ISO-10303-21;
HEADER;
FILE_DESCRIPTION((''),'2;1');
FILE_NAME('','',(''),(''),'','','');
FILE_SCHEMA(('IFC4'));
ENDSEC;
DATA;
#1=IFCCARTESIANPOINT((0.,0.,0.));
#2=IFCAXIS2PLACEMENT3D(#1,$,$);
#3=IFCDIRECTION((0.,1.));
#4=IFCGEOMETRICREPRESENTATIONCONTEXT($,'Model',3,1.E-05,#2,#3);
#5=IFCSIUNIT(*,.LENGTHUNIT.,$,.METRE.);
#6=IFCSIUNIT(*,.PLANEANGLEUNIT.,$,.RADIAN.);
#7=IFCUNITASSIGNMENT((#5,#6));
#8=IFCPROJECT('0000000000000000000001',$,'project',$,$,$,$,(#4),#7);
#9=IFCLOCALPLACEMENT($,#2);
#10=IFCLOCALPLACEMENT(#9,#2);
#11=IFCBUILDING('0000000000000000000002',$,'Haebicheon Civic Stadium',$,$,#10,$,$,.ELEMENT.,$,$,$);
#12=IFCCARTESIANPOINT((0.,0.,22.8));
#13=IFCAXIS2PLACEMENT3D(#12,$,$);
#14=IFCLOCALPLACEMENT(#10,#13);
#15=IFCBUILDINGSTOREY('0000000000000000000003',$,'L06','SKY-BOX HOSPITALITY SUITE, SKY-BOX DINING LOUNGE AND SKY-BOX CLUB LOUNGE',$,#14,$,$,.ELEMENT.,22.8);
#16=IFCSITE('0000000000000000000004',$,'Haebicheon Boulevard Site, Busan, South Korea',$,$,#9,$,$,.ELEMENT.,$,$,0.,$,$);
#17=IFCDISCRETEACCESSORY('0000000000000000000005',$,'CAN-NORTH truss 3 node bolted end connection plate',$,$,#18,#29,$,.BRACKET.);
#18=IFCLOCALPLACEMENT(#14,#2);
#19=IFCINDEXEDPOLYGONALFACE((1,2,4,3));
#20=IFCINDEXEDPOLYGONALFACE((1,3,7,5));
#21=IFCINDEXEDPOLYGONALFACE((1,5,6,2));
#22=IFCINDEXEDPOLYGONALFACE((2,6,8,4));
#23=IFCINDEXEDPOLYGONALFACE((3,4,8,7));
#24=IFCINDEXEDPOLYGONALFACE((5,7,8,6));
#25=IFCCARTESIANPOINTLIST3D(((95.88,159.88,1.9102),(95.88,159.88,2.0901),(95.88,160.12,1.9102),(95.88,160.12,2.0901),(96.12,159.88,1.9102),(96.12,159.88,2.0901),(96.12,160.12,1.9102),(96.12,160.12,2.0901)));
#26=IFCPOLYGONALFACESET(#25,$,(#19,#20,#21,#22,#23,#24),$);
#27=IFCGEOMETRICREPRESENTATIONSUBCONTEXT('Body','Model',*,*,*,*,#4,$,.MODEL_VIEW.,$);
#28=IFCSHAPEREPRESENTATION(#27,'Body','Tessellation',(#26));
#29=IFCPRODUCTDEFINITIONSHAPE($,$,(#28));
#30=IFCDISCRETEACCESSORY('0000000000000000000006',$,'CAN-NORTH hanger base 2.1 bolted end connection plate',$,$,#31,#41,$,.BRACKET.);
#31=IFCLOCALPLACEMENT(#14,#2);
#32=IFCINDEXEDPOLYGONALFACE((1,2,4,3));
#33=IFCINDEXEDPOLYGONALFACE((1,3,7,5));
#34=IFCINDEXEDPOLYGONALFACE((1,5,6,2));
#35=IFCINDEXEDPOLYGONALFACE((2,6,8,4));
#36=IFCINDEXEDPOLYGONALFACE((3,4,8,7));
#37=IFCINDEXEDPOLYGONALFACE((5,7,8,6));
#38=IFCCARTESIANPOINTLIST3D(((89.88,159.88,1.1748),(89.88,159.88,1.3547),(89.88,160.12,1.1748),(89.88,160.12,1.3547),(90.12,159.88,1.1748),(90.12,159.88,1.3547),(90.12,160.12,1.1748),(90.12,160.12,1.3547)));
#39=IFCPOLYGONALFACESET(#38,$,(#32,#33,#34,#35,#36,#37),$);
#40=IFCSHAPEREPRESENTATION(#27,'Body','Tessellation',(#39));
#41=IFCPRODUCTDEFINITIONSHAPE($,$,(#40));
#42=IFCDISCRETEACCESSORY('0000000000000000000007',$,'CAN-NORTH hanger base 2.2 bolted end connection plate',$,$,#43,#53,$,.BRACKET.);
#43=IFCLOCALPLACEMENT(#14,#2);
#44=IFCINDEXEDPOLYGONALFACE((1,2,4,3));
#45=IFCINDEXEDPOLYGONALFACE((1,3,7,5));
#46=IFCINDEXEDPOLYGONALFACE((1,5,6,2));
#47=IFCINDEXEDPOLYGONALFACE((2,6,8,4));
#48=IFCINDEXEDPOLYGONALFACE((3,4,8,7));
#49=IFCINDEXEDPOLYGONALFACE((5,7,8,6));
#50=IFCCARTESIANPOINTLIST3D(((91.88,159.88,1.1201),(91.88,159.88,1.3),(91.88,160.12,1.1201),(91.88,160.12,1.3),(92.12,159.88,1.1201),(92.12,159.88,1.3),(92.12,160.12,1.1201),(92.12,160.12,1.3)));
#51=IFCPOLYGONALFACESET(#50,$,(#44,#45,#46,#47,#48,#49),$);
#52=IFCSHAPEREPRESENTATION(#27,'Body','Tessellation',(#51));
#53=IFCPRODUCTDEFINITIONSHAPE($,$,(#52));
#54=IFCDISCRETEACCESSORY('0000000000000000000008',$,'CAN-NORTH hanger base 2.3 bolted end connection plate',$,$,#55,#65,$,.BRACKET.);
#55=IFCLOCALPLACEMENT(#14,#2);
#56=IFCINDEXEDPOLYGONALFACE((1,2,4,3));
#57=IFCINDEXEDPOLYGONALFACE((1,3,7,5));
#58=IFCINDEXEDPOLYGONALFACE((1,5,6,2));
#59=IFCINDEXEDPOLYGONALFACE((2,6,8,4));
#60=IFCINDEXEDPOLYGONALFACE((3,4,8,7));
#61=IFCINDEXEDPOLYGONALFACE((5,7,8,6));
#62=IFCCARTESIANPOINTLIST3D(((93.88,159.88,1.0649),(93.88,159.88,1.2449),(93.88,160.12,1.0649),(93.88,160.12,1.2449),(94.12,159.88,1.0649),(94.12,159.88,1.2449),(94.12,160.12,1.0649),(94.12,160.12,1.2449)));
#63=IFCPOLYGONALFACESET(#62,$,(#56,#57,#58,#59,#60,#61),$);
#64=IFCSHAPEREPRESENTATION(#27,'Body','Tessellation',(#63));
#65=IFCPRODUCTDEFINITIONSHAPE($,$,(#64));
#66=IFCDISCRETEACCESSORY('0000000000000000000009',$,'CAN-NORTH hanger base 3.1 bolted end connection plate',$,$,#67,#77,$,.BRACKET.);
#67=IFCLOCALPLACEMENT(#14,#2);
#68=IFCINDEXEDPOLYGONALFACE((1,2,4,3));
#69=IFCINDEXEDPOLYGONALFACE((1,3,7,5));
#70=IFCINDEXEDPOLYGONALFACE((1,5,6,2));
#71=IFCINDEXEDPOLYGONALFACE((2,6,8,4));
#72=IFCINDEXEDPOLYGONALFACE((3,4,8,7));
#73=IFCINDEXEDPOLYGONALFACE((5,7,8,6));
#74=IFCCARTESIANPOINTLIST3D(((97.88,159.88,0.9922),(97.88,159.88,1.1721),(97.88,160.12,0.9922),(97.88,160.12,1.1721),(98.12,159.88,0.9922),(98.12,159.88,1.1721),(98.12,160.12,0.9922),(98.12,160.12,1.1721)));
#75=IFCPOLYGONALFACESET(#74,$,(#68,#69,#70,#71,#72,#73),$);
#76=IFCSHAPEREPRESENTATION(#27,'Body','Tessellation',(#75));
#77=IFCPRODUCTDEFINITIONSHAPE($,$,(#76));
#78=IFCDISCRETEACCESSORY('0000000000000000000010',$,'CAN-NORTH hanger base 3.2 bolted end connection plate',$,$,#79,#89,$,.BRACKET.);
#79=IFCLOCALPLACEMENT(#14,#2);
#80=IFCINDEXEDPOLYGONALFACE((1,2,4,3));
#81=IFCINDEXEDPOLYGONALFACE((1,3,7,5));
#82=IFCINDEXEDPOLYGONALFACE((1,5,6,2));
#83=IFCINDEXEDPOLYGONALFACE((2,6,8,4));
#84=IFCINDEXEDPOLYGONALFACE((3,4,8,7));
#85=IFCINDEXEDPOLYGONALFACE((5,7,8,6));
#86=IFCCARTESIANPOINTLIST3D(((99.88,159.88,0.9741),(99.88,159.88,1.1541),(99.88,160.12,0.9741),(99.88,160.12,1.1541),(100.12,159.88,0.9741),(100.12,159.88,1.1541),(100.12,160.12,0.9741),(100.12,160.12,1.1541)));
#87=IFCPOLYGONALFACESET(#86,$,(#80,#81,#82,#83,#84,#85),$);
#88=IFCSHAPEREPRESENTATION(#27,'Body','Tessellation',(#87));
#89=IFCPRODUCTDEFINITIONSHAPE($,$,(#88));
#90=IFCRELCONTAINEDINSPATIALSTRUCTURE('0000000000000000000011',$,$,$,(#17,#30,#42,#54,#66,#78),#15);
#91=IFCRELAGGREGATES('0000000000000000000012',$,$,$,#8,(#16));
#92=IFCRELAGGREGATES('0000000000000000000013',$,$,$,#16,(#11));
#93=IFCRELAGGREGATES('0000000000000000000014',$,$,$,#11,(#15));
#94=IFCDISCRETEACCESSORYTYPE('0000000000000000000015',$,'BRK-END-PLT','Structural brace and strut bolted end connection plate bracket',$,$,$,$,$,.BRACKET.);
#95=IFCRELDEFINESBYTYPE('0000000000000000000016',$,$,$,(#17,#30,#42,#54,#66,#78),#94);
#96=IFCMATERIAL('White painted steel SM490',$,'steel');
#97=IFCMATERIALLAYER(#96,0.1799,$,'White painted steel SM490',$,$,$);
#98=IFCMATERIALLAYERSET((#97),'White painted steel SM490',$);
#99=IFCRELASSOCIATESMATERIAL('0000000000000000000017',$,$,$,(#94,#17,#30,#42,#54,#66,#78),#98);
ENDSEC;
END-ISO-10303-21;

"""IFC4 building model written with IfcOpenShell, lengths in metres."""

from ifc_helpers import new_model, si_unit, direction, frame, origin, origin_2d, place, context, subcontext, project, spatial, rectangle, extrude, material, layer, layer_set, type_object, element, save


model = new_model("IFC4")

# Units and contexts
model_context = context("Model", 3, precision=1e-05, world=origin(), true_north=direction((0.0, 1.0)))
body_context = subcontext(model_context, "Body", "Model", "MODEL_VIEW")
ifc_project = project(units=[si_unit("LENGTHUNIT", "METRE"), si_unit("PLANEANGLEUNIT", "RADIAN")], contexts=[model_context])

# Site, building, storey
site_placement = place(None, origin())
site = spatial("IfcSite", under=ifc_project, at=site_placement, Name="Haebicheon Boulevard Site, Busan, South Korea", CompositionType="ELEMENT", RefElevation=0.0)
building_placement = place(site_placement, origin())
building = spatial("IfcBuilding", under=site, at=building_placement, Name="Haebicheon Civic Stadium", CompositionType="ELEMENT")
storey_placement = place(building_placement, frame((0.0, 0.0, 22.8)))
storey = spatial("IfcBuildingStorey", under=building, at=storey_placement, Name="L06", Description="SKY-BOX HOSPITALITY SUITE, SKY-BOX DINING LOUNGE AND SKY-BOX CLUB LOUNGE", CompositionType="ELEMENT", Elevation=22.8)

# Discrete accessories
ifc_material_1 = material(Name="White painted steel SM490", Category="steel")
ifc_layer_1 = layer(ifc_material_1, 0.1799, Name="White painted steel SM490")
ifc_layer_set_1 = layer_set([ifc_layer_1], Name="White painted steel SM490")
discrete_accessory_type = type_object("IfcDiscreteAccessoryType", Name="BRK-END-PLT", Description="Structural brace and strut bolted end connection plate bracket", PredefinedType="BRACKET", material=ifc_layer_set_1)
for number, where, z_axis, x_axis, name in (
    (1, (96.0, 160.0, 1.9102), (0.0, 0.0, 1.0), (1.0, 0.0, 0.0), "CAN-NORTH truss 3 node bolted end connection plate"),
    (2, (90.0, 160.0, 1.1748), (0.0, 0.0, 1.0), (1.0, 0.0, 0.0), "CAN-NORTH hanger base 2.1 bolted end connection plate"),
    (3, (92.0, 160.0, 1.1201), (0.0, 0.0, 1.0), (1.0, 0.0, 0.0), "CAN-NORTH hanger base 2.2 bolted end connection plate"),
    (4, (94.0, 160.0, 1.0649), (0.0, 0.0, 1.0), (1.0, 0.0, 0.0), "CAN-NORTH hanger base 2.3 bolted end connection plate"),
    (5, (98.0, 160.0, 0.9922), (0.0, 0.0, 1.0), (1.0, 0.0, 0.0), "CAN-NORTH hanger base 3.1 bolted end connection plate"),
    (6, (100.0, 160.0, 0.9741), (0.0, 0.0, 1.0), (1.0, 0.0, 0.0), "CAN-NORTH hanger base 3.2 bolted end connection plate"),
):
    element("IfcDiscreteAccessory", number, at=place(storey_placement, frame(where, z_axis=z_axis, x_axis=x_axis)), inside=storey, type_object=discrete_accessory_type, material=ifc_layer_set_1, Name=name, PredefinedType="BRACKET", context=body_context, shape_type="SweptSolid", body=[
        extrude(rectangle(XDim=0.24, YDim=0.24, at=origin_2d()), origin(), (0.0, 0.0, 1.0), 0.1799),
    ])

save(model, "model.ifc")
